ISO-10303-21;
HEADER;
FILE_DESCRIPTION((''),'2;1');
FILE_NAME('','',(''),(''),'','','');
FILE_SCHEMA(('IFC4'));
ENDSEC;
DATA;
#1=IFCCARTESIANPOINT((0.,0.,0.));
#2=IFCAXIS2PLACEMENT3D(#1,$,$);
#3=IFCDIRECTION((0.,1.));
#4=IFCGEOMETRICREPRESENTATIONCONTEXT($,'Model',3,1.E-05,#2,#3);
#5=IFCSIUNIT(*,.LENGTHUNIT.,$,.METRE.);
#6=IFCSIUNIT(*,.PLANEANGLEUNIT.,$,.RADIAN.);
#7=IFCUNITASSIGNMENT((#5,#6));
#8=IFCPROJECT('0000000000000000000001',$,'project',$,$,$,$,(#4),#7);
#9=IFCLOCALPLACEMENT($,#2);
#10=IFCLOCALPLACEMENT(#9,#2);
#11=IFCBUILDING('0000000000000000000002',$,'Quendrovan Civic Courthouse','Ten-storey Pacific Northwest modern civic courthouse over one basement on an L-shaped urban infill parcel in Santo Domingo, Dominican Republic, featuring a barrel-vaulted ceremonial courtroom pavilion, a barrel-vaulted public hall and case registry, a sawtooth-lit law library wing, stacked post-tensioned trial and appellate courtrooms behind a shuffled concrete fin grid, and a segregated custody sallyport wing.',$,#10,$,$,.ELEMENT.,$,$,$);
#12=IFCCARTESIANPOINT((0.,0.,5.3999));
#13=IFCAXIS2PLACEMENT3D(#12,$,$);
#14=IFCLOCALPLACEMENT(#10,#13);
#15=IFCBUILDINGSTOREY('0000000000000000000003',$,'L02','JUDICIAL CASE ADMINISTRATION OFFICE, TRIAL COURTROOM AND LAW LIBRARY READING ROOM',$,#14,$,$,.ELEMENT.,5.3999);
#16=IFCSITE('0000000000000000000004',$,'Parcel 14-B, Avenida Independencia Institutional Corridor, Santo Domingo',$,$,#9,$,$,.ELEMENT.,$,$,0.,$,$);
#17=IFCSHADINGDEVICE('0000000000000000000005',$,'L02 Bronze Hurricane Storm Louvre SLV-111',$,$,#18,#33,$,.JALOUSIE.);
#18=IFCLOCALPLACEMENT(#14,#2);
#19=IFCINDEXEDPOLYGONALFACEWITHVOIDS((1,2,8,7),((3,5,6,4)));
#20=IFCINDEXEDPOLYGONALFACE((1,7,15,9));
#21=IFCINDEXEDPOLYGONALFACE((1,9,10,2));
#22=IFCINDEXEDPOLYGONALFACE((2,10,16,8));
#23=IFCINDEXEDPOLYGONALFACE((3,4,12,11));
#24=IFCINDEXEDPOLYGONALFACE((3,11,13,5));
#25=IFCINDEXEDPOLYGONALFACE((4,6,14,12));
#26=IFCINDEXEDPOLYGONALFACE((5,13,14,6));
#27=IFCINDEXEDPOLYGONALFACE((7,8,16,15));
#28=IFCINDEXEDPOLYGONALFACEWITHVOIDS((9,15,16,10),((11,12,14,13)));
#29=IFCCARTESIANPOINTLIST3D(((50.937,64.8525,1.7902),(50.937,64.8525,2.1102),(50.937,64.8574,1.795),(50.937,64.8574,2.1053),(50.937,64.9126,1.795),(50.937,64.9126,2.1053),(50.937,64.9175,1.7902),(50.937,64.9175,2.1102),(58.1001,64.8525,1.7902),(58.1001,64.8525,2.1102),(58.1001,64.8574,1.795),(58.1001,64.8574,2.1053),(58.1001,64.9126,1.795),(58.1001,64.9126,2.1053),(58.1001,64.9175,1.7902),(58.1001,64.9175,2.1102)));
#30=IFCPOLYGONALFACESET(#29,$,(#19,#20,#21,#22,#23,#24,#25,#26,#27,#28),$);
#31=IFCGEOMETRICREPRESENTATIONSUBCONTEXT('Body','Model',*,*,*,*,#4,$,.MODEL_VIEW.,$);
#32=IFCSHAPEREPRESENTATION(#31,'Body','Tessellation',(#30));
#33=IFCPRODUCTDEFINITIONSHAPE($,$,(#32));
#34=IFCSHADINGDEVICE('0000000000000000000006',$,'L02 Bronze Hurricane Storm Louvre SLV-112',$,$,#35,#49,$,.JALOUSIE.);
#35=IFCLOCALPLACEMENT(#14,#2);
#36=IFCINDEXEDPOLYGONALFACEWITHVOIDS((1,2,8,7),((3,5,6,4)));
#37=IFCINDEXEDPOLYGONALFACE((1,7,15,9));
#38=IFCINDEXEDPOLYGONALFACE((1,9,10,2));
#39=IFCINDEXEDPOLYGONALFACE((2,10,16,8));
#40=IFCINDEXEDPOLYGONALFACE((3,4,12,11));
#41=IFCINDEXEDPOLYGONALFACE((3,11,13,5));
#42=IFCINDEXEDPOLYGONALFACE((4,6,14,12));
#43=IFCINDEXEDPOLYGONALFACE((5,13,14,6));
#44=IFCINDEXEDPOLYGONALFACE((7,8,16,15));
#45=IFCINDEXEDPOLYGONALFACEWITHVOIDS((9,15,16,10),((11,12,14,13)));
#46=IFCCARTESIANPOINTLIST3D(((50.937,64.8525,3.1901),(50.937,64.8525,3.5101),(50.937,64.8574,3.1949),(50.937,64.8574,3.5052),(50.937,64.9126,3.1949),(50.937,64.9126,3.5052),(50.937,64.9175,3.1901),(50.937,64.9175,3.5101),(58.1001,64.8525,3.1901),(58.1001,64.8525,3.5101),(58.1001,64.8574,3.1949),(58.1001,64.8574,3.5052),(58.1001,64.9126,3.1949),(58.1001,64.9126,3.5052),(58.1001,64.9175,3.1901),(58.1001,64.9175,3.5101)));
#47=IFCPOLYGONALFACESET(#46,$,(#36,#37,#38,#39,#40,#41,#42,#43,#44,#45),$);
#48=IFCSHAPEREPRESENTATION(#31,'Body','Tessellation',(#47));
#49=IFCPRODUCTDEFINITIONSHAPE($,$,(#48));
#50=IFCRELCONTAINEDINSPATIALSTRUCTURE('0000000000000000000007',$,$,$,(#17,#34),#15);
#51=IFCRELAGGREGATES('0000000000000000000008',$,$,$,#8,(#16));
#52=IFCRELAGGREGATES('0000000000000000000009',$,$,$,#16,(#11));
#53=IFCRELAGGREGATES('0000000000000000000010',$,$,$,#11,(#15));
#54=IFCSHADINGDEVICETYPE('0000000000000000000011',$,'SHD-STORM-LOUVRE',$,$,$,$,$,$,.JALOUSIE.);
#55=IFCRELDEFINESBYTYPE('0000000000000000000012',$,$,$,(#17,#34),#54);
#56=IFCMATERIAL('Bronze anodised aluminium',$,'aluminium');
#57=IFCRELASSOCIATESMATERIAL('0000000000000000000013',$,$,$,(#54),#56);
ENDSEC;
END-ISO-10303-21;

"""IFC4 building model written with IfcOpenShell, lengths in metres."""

from ifc_helpers import new_model, si_unit, direction, frame, origin, origin_2d, place, context, subcontext, project, spatial, hollow_rectangle, extrude, material, material_profile, profile_set, type_object, element, save


model = new_model("IFC4")

# Units and contexts
model_context = context("Model", 3, precision=1e-05, world=origin(), true_north=direction((0.0, 1.0)))
body_context = subcontext(model_context, "Body", "Model", "MODEL_VIEW")
ifc_project = project(units=[si_unit("LENGTHUNIT", "METRE"), si_unit("PLANEANGLEUNIT", "RADIAN")], contexts=[model_context])

# Site, building, storey
site_placement = place(None, origin())
site = spatial("IfcSite", under=ifc_project, at=site_placement, Name="Parcel 14-B, Avenida Independencia Institutional Corridor, Santo Domingo", CompositionType="ELEMENT", RefElevation=0.0)
building_placement = place(site_placement, origin())
building = spatial("IfcBuilding", under=site, at=building_placement, Name="Quendrovan Civic Courthouse", Description="Ten-storey Pacific Northwest modern civic courthouse over one basement on an L-shaped urban infill parcel in Santo Domingo, Dominican Republic, featuring a barrel-vaulted ceremonial courtroom pavilion, a barrel-vaulted public hall and case registry, a sawtooth-lit law library wing, stacked post-tensioned trial and appellate courtrooms behind a shuffled concrete fin grid, and a segregated custody sallyport wing.", CompositionType="ELEMENT")
storey_placement = place(building_placement, frame((0.0, 0.0, 5.3999)))
storey = spatial("IfcBuildingStorey", under=building, at=storey_placement, Name="L02", Description="JUDICIAL CASE ADMINISTRATION OFFICE, TRIAL COURTROOM AND LAW LIBRARY READING ROOM", CompositionType="ELEMENT", Elevation=5.3999)

# Shared definitions
ifc_material_1 = material(Name="Bronze anodised aluminium", Category="aluminium")

# Shading devices
ifc_material_profile_1 = material_profile(ifc_material_1, hollow_rectangle(XDim=0.0649, YDim=0.3201, WallThickness=0.0049, at=origin_2d()), Name="AL-LOUVRE-65x320")
ifc_profile_set_1 = profile_set([ifc_material_profile_1], Name="Bronze anodised aluminium")
shading_device_type = type_object("IfcShadingDeviceType", Name="SHD-STORM-LOUVRE", PredefinedType="JALOUSIE", material=ifc_profile_set_1)
for number, where, z_axis, x_axis, name in (
    (1, (58.1001, 64.885, 1.9502), (-1.0, 0.0, 0.0), (0.0, -1.0, 0.0), "L02 Bronze Hurricane Storm Louvre SLV-111"),
    (2, (58.1001, 64.885, 3.3501), (-1.0, 0.0, 0.0), (0.0, -1.0, 0.0), "L02 Bronze Hurricane Storm Louvre SLV-112"),
):
    element("IfcShadingDevice", number, at=place(storey_placement, frame(where, z_axis=z_axis, x_axis=x_axis)), inside=storey, type_object=shading_device_type, Name=name, PredefinedType="JALOUSIE", context=body_context, shape_type="SweptSolid", body=[
        extrude(hollow_rectangle(XDim=0.0649, YDim=0.3201, WallThickness=0.0049, at=origin_2d()), origin(), (0.0, 0.0, 1.0), 7.1631),
    ])

save(model, "model.ifc")
